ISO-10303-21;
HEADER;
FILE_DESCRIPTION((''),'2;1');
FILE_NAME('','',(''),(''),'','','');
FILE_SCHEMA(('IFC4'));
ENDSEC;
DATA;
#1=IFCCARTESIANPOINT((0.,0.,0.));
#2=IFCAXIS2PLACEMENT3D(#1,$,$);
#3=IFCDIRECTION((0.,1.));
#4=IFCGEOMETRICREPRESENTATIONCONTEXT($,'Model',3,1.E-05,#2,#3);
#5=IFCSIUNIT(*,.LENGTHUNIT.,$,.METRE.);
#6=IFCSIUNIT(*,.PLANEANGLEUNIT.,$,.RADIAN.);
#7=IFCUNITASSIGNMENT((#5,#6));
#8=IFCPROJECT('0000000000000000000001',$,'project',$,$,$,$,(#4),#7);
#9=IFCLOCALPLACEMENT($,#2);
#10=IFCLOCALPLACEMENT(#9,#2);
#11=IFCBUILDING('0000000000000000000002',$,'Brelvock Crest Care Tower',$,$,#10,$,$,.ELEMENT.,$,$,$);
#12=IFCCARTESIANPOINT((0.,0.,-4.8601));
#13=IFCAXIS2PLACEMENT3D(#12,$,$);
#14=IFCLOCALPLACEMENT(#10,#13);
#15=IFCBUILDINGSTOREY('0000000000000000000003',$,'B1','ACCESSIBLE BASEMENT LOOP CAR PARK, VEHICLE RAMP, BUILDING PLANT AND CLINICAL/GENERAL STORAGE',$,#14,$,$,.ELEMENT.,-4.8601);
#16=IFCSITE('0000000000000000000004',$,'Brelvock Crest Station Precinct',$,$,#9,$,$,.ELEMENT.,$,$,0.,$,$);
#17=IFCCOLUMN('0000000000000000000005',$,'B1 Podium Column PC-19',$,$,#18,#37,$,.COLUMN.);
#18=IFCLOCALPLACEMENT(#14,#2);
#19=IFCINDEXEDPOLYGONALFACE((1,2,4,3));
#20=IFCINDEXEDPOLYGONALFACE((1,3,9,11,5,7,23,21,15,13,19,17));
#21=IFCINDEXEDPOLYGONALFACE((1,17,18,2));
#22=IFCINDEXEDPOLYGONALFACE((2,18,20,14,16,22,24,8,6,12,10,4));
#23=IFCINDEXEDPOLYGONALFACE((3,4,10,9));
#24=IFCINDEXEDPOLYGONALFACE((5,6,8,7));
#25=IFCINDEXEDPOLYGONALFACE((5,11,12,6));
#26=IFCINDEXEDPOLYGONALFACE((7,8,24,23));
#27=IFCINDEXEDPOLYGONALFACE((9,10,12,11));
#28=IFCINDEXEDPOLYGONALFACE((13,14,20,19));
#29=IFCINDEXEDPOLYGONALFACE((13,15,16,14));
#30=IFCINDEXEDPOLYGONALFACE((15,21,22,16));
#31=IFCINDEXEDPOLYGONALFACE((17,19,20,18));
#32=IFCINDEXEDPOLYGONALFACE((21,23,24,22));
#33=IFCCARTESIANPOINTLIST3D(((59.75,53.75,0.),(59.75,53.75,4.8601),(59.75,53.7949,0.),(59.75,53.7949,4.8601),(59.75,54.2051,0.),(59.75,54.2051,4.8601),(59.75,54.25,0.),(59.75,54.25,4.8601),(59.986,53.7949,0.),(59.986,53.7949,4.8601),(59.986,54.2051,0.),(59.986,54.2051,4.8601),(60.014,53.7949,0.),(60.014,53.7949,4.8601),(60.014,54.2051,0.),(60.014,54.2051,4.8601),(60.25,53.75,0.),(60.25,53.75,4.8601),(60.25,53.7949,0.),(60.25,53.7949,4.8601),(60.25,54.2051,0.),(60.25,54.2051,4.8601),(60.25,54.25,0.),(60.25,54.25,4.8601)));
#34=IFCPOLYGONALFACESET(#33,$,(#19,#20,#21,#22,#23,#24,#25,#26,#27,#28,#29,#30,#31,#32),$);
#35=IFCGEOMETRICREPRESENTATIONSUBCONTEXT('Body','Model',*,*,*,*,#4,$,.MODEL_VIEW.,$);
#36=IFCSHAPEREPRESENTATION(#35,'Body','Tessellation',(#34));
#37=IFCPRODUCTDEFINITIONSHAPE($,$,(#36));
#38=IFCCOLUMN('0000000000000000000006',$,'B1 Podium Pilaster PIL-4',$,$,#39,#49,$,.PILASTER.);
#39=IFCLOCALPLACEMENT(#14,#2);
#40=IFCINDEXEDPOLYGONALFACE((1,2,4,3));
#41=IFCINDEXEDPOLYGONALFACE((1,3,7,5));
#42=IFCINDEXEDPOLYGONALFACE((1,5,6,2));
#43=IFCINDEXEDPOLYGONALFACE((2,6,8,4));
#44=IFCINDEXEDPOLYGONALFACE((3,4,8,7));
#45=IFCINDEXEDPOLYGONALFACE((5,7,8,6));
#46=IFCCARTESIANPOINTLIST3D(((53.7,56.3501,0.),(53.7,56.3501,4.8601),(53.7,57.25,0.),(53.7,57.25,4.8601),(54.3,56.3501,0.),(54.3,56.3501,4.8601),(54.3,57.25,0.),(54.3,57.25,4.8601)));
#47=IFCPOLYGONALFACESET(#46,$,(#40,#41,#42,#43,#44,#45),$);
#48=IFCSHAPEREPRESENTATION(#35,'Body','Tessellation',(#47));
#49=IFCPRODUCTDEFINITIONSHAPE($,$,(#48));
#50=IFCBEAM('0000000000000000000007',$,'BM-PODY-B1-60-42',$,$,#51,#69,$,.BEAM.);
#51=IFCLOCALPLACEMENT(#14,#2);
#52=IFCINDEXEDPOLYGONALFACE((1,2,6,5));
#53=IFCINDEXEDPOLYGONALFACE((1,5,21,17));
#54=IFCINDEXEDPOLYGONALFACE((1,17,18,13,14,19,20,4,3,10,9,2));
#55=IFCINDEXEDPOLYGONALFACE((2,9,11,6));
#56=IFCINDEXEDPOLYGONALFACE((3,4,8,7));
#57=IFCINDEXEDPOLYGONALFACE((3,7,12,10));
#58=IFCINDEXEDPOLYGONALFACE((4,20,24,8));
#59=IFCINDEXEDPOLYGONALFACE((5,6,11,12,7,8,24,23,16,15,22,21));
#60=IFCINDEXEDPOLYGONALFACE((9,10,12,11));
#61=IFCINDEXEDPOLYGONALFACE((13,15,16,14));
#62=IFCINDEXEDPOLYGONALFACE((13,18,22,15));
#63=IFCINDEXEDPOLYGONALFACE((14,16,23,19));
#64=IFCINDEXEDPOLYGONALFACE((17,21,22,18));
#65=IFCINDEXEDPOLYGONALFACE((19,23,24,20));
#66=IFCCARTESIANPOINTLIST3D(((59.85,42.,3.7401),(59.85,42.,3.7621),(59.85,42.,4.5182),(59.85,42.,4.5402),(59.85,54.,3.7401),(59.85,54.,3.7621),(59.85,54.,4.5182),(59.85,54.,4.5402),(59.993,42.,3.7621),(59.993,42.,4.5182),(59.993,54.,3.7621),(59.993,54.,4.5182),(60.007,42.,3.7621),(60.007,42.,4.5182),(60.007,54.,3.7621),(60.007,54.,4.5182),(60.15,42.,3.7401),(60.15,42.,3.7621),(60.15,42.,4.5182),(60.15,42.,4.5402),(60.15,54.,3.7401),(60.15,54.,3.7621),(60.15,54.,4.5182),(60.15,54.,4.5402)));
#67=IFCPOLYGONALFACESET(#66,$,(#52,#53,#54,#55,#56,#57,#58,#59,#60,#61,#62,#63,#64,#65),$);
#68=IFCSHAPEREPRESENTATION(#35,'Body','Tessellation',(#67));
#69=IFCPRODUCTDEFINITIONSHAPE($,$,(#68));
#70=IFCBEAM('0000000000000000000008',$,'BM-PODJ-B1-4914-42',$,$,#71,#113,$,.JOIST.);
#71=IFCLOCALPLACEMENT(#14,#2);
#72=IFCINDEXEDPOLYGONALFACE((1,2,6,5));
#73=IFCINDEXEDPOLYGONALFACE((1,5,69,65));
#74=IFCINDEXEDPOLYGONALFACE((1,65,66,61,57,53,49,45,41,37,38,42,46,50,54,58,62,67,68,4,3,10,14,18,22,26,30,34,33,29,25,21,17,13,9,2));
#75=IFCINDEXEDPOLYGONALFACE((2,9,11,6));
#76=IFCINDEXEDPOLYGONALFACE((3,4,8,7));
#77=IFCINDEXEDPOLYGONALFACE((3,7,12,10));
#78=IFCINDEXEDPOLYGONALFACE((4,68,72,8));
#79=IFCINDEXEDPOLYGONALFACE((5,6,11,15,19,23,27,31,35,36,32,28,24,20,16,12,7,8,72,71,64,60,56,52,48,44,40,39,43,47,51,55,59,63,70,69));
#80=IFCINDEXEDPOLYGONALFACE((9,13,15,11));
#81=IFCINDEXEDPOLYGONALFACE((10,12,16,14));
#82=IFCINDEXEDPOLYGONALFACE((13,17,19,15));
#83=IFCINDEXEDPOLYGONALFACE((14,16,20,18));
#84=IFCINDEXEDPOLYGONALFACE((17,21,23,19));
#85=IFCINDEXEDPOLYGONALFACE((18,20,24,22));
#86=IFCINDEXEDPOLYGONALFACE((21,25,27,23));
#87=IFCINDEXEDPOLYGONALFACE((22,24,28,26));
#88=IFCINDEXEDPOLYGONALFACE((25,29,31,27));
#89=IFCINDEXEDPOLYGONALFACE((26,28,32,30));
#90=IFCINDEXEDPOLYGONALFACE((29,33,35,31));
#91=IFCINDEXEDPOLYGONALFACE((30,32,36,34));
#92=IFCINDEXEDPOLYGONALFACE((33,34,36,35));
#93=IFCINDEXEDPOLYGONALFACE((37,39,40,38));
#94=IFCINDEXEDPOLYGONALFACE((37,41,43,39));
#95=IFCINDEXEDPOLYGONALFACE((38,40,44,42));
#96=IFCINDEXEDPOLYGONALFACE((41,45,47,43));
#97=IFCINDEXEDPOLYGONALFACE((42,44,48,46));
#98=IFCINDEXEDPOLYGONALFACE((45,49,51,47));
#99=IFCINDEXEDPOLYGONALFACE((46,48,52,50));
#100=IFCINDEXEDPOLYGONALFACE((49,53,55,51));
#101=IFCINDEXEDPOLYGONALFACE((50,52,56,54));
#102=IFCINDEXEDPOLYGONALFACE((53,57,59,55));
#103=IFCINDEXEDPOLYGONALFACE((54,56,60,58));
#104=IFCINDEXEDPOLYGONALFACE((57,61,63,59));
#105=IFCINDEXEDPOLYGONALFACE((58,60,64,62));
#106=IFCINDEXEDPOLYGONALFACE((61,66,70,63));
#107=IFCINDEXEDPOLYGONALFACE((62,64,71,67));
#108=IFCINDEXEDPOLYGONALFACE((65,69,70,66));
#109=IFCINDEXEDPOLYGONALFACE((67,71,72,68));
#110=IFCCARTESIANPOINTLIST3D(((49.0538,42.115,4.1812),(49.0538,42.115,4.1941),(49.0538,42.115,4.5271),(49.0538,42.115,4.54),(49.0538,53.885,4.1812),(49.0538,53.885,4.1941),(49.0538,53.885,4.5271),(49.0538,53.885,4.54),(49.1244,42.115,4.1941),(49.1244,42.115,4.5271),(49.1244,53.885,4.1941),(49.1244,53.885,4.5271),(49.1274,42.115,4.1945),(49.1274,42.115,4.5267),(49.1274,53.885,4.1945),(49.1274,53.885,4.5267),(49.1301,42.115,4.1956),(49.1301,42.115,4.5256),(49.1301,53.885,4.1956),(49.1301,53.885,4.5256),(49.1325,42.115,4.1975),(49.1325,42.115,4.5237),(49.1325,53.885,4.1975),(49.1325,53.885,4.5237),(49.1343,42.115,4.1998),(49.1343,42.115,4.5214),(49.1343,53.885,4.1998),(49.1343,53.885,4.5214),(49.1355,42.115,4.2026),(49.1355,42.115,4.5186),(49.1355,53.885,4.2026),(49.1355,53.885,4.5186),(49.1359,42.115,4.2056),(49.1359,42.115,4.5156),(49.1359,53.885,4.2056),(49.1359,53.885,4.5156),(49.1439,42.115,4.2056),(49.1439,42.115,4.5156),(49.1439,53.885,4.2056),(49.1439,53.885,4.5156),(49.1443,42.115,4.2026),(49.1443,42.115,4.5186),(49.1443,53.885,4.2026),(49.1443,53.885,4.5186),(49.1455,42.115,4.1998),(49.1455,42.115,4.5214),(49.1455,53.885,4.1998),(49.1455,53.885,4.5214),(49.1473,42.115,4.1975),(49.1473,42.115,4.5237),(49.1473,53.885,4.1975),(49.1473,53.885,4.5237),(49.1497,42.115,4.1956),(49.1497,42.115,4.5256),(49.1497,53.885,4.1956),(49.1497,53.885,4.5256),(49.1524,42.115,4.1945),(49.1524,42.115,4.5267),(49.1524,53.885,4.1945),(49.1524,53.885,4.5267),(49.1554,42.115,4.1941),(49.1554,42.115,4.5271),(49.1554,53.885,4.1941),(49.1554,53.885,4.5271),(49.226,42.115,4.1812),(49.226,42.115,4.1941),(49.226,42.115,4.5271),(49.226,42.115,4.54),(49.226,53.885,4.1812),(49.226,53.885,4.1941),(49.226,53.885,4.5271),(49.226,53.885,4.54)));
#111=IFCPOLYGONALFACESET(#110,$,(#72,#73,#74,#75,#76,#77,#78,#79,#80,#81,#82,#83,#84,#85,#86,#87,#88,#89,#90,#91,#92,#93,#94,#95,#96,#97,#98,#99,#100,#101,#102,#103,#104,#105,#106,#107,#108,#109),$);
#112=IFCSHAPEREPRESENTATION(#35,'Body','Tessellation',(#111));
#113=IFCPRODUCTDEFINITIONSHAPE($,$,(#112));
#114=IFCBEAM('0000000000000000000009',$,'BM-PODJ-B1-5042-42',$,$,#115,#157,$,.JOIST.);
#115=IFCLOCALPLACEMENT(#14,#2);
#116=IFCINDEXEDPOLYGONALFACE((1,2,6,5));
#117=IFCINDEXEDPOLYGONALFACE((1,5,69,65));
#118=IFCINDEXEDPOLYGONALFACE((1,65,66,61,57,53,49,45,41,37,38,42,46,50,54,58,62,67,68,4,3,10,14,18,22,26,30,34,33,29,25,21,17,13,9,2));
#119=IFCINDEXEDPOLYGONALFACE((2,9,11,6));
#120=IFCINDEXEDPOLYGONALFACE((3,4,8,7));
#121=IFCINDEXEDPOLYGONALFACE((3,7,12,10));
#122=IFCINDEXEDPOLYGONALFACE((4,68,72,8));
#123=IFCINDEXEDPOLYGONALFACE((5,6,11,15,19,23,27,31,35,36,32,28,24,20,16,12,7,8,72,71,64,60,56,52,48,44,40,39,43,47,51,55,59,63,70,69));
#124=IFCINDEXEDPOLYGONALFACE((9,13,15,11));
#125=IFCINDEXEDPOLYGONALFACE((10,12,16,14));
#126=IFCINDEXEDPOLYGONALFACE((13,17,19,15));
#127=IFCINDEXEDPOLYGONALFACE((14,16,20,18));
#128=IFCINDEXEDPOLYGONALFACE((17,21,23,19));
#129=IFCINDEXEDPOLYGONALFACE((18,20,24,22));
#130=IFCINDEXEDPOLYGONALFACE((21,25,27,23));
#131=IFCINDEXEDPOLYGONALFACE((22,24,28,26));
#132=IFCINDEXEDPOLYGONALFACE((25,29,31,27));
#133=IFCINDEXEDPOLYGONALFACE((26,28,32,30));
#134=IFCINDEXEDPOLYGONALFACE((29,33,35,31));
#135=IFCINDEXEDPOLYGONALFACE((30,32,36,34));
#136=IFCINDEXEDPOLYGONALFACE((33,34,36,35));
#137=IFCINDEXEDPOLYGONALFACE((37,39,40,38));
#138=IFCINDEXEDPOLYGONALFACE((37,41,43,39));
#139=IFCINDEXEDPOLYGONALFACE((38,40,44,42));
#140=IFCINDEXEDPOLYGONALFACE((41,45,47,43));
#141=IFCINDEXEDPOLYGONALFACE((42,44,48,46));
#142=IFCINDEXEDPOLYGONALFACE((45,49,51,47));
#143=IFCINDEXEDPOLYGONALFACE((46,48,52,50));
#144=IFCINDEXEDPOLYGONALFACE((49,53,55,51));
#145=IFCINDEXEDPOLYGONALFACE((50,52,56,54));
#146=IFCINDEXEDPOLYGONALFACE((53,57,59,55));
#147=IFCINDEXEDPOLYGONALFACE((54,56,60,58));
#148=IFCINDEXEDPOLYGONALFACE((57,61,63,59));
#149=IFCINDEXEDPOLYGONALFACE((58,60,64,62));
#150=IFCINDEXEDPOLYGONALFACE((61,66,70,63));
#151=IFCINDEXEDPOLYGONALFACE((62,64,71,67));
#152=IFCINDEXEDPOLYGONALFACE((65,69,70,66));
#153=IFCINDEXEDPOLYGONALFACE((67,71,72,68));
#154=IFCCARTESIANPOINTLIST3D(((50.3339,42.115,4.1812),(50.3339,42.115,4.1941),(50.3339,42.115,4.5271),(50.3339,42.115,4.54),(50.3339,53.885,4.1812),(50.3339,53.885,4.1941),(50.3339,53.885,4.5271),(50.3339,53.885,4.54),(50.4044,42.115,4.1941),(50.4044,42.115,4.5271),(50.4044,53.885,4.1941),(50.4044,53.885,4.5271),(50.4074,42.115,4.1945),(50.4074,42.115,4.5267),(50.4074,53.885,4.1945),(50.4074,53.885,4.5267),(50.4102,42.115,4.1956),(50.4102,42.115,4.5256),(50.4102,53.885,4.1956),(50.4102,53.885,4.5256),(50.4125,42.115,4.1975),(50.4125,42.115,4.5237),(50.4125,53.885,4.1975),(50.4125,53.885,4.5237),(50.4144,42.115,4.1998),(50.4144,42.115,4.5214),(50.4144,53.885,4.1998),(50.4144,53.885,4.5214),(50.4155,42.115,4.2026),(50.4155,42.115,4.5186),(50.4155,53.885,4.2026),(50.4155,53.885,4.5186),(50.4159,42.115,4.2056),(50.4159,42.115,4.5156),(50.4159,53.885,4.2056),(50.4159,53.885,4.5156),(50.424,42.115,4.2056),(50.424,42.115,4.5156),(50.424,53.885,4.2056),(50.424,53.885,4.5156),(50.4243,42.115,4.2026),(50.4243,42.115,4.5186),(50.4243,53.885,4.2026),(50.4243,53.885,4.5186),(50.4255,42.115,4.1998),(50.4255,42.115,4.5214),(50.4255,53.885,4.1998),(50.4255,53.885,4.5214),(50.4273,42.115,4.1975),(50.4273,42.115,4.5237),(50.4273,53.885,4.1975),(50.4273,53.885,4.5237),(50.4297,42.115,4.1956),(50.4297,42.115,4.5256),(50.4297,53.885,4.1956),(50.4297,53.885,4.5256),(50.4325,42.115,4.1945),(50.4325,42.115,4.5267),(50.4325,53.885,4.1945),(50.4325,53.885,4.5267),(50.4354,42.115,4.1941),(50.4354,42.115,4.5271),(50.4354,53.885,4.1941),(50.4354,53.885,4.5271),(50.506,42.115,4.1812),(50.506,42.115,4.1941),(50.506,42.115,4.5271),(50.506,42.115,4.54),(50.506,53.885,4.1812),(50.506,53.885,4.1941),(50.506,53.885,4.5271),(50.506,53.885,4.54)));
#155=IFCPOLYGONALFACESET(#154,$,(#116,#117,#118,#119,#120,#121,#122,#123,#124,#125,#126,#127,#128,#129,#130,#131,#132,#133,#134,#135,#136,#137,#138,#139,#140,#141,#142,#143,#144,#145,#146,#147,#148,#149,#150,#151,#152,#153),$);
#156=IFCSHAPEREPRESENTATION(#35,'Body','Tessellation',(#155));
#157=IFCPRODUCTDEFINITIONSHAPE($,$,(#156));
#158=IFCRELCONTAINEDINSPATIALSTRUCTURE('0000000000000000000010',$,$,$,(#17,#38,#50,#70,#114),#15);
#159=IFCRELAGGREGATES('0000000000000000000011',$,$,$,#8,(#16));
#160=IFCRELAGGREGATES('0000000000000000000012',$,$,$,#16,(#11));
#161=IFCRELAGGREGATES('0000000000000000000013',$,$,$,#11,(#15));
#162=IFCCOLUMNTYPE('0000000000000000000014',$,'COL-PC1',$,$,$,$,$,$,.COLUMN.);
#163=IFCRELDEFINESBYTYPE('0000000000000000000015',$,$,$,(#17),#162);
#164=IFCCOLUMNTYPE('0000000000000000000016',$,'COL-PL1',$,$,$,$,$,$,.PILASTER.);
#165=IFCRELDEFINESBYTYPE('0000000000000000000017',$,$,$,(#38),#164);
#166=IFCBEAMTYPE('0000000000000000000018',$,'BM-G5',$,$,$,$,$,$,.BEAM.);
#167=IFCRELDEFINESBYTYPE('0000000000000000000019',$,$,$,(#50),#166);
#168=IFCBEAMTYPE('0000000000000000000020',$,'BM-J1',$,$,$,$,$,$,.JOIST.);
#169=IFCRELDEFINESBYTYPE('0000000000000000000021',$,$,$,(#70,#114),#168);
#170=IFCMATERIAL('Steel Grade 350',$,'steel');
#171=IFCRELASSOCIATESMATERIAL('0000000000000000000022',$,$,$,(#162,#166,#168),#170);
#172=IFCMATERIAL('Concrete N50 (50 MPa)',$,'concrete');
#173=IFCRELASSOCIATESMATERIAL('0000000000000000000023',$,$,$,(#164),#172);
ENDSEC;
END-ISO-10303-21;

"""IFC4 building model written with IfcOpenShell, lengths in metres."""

from ifc_helpers import new_model, si_unit, direction, frame, origin, origin_2d, place, context, subcontext, project, spatial, rectangle, i_section, extrude, source, transform, mapped, material, material_profile, profile_set, type_object, element, save


model = new_model("IFC4")

# Units and contexts
model_context = context("Model", 3, precision=1e-05, world=origin(), true_north=direction((0.0, 1.0)))
body_context = subcontext(model_context, "Body", "Model", "MODEL_VIEW")
ifc_project = project(units=[si_unit("LENGTHUNIT", "METRE"), si_unit("PLANEANGLEUNIT", "RADIAN")], contexts=[model_context])

# Site, building, storey
site_placement = place(None, origin())
site = spatial("IfcSite", under=ifc_project, at=site_placement, Name="Brelvock Crest Station Precinct", CompositionType="ELEMENT", RefElevation=0.0)
building_placement = place(site_placement, origin())
building = spatial("IfcBuilding", under=site, at=building_placement, Name="Brelvock Crest Care Tower", CompositionType="ELEMENT")
storey_placement = place(building_placement, frame((0.0, 0.0, -4.8601)))
storey = spatial("IfcBuildingStorey", under=building, at=storey_placement, Name="B1", Description="ACCESSIBLE BASEMENT LOOP CAR PARK, VEHICLE RAMP, BUILDING PLANT AND CLINICAL/GENERAL STORAGE", CompositionType="ELEMENT", Elevation=-4.8601)

# Shared definitions
ifc_material_1 = material(Name="Concrete N50 (50 MPa)", Category="concrete")

# Columns
ifc_material_2 = material(Name="Steel Grade 350", Category="steel")
ifc_material_profile_1 = material_profile(ifc_material_2, i_section(OverallWidth=0.5, OverallDepth=0.5, WebThickness=0.0281, FlangeThickness=0.0449, at=origin_2d()), Name="500WC440")
ifc_profile_set_1 = profile_set([ifc_material_profile_1], Name="Steel Grade 350")
column_type_1 = type_object("IfcColumnType", Name="COL-PC1", PredefinedType="COLUMN", material=ifc_profile_set_1)
shared_shape_1 = source(origin(), body_context, "Body", "SweptSolid", [
    extrude(i_section(OverallWidth=0.5, OverallDepth=0.5, WebThickness=0.0281, FlangeThickness=0.0449, at=origin_2d()), origin(), (0.0, 0.0, 1.0), 4.8601),
])
for number, where, z_axis, x_axis, name in (
    (1, (60.0, 54.0, 0.0), (0.0, 0.0, 1.0), (1.0, 0.0, 0.0), "B1 Podium Column PC-19"),
):
    element("IfcColumn", number, at=place(storey_placement, frame(where, z_axis=z_axis, x_axis=x_axis)), inside=storey, type_object=column_type_1, Name=name, PredefinedType="COLUMN", context=body_context, shape_type="MappedRepresentation", body=[
        mapped(shared_shape_1, transform((0.0, 0.0, 0.0), x_axis=(1.0, 0.0, 0.0), y_axis=(0.0, 1.0, 0.0), z_axis=(0.0, 0.0, 1.0), scale=1.0)),
    ])
ifc_material_profile_2 = material_profile(ifc_material_1, rectangle(XDim=0.6001, YDim=0.8999, at=origin_2d()), Name="RC600x900")
ifc_profile_set_2 = profile_set([ifc_material_profile_2], Name="Concrete N50 (50 MPa)")
column_type_2 = type_object("IfcColumnType", Name="COL-PL1", PredefinedType="PILASTER", material=ifc_profile_set_2)
shared_shape_2 = source(origin(), body_context, "Body", "SweptSolid", [
    extrude(rectangle(XDim=0.6001, YDim=0.8999, at=origin_2d()), origin(), (0.0, 0.0, 1.0), 4.8601),
])
column_placement = place(storey_placement, frame((54.0, 56.8, 0.0), z_axis=(0.0, 0.0, 1.0), x_axis=(1.0, 0.0, 0.0)))
element("IfcColumn", 2, at=column_placement, inside=storey, type_object=column_type_2, Name="B1 Podium Pilaster PIL-4", PredefinedType="PILASTER", context=body_context, shape_type="MappedRepresentation", body=[
    mapped(shared_shape_2, transform((0.0, 0.0, 0.0), x_axis=(1.0, 0.0, 0.0), y_axis=(0.0, 1.0, 0.0), z_axis=(0.0, 0.0, 1.0), scale=1.0)),
])

# Beams
ifc_material_profile_3 = material_profile(ifc_material_2, i_section(OverallWidth=0.3, OverallDepth=0.8, WebThickness=0.0139, FlangeThickness=0.022, at=origin_2d()), Name="800WB192")
ifc_profile_set_3 = profile_set([ifc_material_profile_3], Name="Steel Grade 350")
beam_type_1 = type_object("IfcBeamType", Name="BM-G5", PredefinedType="BEAM", material=ifc_profile_set_3)
shared_shape_3 = source(origin(), body_context, "Body", "SweptSolid", [
    extrude(i_section(OverallWidth=0.3, OverallDepth=0.8, WebThickness=0.0139, FlangeThickness=0.022, at=origin_2d()), origin(), (0.0, 0.0, 1.0), 12.0),
])
beam_placement = place(storey_placement, frame((60.0, 42.0, 4.1401), z_axis=(0.0, 1.0, 0.0), x_axis=(-1.0, 0.0, 0.0)))
element("IfcBeam", 3, at=beam_placement, inside=storey, type_object=beam_type_1, Name="BM-PODY-B1-60-42", PredefinedType="BEAM", context=body_context, shape_type="MappedRepresentation", body=[
    mapped(shared_shape_3, transform((0.0, 0.0, 0.0), x_axis=(1.0, 0.0, 0.0), y_axis=(0.0, 1.0, 0.0), z_axis=(0.0, 0.0, 1.0), scale=1.0)),
])
ifc_material_profile_4 = material_profile(ifc_material_2, i_section(OverallWidth=0.1721, OverallDepth=0.3589, WebThickness=0.0081, FlangeThickness=0.0129, FilletRadius=0.0115, at=origin_2d()), Name="360UB56.7")
ifc_profile_set_4 = profile_set([ifc_material_profile_4], Name="Steel Grade 350")
beam_type_2 = type_object("IfcBeamType", Name="BM-J1", PredefinedType="JOIST", material=ifc_profile_set_4)
shared_shape_4 = source(origin(), body_context, "Body", "SweptSolid", [
    extrude(i_section(OverallWidth=0.1721, OverallDepth=0.3589, WebThickness=0.0081, FlangeThickness=0.0129, FilletRadius=0.0115, at=origin_2d()), origin(), (0.0, 0.0, 1.0), 11.77),
])
for number, where, z_axis, x_axis, name in (
    (4, (49.1399, 42.115, 4.3606), (0.0, 1.0, 0.0), (-1.0, 0.0, 0.0), "BM-PODJ-B1-4914-42"),
    (5, (50.4199, 42.115, 4.3606), (0.0, 1.0, 0.0), (-1.0, 0.0, 0.0), "BM-PODJ-B1-5042-42"),
):
    element("IfcBeam", number, at=place(storey_placement, frame(where, z_axis=z_axis, x_axis=x_axis)), inside=storey, type_object=beam_type_2, Name=name, PredefinedType="JOIST", context=body_context, shape_type="MappedRepresentation", body=[
        mapped(shared_shape_4, transform((0.0, 0.0, 0.0), x_axis=(1.0, 0.0, 0.0), y_axis=(0.0, 1.0, 0.0), z_axis=(0.0, 0.0, 1.0), scale=1.0)),
    ])

save(model, "model.ifc")
